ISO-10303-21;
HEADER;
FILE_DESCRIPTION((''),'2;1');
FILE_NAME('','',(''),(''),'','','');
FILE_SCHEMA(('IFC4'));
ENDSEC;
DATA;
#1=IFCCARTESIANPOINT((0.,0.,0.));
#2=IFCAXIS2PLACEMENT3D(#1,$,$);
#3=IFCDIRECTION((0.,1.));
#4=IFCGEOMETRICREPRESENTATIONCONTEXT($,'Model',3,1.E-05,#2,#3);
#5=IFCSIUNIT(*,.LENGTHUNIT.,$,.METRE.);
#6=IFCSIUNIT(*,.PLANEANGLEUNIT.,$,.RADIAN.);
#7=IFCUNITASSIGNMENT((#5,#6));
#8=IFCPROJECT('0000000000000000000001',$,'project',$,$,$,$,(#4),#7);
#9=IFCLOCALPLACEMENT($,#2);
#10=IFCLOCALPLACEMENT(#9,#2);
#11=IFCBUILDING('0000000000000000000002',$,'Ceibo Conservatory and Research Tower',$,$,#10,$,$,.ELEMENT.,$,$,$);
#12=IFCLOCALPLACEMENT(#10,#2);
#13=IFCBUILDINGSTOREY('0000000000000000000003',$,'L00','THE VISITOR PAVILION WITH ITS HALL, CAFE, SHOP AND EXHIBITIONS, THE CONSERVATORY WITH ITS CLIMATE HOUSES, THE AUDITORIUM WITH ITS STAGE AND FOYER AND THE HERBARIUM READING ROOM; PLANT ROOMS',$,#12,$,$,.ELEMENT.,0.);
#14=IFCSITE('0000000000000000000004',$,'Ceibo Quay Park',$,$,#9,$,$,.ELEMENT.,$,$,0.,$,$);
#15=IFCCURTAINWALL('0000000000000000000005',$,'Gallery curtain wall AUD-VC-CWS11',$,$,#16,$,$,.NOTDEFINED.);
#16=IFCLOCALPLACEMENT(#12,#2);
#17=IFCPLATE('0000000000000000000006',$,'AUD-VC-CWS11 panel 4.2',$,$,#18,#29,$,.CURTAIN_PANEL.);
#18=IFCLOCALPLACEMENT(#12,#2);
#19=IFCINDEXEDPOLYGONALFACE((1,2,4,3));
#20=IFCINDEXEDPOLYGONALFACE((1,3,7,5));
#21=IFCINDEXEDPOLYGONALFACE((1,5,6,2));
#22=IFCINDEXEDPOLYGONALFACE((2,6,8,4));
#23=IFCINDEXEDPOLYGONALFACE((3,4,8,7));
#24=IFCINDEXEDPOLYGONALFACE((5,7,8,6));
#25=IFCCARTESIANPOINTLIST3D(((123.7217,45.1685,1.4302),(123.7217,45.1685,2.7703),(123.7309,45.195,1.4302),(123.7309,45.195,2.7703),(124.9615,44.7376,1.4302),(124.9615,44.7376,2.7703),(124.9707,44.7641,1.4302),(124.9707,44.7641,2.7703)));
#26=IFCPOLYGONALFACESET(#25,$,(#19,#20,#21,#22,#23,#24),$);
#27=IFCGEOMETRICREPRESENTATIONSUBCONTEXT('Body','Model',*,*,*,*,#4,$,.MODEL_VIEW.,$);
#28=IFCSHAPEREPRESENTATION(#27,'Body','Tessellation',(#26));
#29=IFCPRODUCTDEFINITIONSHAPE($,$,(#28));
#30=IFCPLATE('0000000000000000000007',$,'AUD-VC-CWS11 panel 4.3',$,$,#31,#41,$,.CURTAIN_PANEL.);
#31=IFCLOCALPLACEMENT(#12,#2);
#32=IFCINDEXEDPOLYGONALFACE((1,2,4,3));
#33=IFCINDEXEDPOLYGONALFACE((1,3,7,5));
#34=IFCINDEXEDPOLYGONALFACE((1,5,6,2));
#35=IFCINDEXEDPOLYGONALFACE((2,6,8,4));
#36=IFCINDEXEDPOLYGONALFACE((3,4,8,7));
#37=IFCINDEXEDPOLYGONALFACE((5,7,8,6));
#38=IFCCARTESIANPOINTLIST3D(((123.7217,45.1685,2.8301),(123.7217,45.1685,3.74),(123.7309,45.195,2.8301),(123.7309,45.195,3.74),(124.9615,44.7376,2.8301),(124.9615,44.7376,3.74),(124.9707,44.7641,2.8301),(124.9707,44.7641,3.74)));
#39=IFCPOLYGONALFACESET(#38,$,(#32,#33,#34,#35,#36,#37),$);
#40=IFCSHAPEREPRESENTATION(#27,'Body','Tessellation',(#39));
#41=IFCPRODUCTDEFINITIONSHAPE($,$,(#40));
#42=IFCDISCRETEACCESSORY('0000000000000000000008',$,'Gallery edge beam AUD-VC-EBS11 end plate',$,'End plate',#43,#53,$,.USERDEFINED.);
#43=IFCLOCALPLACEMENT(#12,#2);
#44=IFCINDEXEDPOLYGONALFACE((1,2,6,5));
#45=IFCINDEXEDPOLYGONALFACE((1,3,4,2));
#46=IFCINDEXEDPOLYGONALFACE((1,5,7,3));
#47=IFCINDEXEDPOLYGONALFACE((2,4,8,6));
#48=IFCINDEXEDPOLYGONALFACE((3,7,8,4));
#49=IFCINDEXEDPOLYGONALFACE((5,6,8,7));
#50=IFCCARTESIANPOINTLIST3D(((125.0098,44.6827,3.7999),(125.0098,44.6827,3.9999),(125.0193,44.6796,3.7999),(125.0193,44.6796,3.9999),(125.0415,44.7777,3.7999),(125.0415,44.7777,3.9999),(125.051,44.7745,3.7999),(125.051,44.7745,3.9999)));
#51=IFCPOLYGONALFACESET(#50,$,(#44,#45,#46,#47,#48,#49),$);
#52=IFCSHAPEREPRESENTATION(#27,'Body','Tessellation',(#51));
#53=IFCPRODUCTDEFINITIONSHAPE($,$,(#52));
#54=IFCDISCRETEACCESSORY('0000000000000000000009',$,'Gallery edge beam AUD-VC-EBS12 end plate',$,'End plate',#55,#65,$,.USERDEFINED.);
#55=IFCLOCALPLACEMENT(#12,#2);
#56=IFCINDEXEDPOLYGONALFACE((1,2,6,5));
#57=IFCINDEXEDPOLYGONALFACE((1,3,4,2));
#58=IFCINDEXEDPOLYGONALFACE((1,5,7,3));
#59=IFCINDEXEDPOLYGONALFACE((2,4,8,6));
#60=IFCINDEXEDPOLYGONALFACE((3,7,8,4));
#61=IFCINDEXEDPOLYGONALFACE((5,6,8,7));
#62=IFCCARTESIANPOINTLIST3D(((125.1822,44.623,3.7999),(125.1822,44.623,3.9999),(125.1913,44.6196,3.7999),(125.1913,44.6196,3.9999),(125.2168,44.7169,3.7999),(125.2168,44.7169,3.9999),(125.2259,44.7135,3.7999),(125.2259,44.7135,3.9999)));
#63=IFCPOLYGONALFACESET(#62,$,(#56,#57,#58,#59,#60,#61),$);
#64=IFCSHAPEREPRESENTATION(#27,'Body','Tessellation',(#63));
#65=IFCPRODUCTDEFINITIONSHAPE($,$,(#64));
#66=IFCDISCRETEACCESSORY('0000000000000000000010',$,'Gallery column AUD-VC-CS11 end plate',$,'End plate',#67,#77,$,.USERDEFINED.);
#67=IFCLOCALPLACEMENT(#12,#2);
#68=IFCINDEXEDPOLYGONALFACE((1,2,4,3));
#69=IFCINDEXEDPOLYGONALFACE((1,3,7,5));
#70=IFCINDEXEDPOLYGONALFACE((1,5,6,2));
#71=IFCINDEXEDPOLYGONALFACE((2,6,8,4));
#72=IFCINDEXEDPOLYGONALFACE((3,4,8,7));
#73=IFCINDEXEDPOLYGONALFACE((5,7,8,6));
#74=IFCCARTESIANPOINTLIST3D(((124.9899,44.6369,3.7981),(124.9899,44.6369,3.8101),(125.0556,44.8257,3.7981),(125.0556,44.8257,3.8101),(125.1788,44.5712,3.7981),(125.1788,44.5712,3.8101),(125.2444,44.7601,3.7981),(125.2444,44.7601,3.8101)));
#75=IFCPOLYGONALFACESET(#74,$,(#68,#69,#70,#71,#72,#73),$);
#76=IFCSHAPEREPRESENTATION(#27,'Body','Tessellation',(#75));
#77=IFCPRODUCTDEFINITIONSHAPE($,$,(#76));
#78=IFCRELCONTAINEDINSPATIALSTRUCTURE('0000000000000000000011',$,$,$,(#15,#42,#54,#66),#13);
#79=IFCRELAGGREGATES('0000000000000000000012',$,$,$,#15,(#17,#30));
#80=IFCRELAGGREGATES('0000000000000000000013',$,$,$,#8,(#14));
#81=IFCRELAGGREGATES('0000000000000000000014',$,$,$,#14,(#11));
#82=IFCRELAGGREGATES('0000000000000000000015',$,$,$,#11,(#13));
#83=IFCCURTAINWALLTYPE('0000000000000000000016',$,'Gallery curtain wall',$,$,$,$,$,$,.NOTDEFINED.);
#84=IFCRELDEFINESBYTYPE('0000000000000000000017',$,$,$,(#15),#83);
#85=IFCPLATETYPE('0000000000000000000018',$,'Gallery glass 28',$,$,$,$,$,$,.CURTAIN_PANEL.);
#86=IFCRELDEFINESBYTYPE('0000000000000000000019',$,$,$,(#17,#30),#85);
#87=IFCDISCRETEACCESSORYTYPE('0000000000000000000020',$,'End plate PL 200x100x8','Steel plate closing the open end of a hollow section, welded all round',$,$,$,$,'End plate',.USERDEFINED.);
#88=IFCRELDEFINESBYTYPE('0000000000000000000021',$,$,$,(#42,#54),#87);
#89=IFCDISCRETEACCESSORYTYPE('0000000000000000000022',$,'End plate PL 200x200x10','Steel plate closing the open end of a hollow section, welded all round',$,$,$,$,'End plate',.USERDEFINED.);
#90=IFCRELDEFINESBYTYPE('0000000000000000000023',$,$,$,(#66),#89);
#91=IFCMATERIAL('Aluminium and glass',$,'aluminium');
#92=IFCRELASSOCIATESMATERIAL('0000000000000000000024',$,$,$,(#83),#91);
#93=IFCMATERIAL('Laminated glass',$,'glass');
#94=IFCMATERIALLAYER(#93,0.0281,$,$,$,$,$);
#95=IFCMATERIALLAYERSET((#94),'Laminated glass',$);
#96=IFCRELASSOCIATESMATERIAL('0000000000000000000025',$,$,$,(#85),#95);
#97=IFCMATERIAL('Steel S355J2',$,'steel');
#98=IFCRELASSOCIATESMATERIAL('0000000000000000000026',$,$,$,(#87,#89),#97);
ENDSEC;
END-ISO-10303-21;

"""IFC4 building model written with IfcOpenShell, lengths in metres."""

from ifc_helpers import new_model, si_unit, direction, frame, origin, origin_2d, place, context, subcontext, project, spatial, rectangle, extrude, material, layer, layer_set, material_profile, profile_set, type_object, element, aggregate, save


model = new_model("IFC4")

# Units and contexts
model_context = context("Model", 3, precision=1e-05, world=origin(), true_north=direction((0.0, 1.0)))
body_context = subcontext(model_context, "Body", "Model", "MODEL_VIEW")
ifc_project = project(units=[si_unit("LENGTHUNIT", "METRE"), si_unit("PLANEANGLEUNIT", "RADIAN")], contexts=[model_context])

# Site, building, storey
site_placement = place(None, origin())
site = spatial("IfcSite", under=ifc_project, at=site_placement, Name="Ceibo Quay Park", CompositionType="ELEMENT", RefElevation=0.0)
building_placement = place(site_placement, origin())
building = spatial("IfcBuilding", under=site, at=building_placement, Name="Ceibo Conservatory and Research Tower", CompositionType="ELEMENT")
storey_placement = place(building_placement, origin())
storey = spatial("IfcBuildingStorey", under=building, at=storey_placement, Name="L00", Description="THE VISITOR PAVILION WITH ITS HALL, CAFE, SHOP AND EXHIBITIONS, THE CONSERVATORY WITH ITS CLIMATE HOUSES, THE AUDITORIUM WITH ITS STAGE AND FOYER AND THE HERBARIUM READING ROOM; PLANT ROOMS", CompositionType="ELEMENT", Elevation=0.0)

# Curtain wall
ifc_material_1 = material(Name="Aluminium and glass", Category="aluminium")
curtain_wall_type = type_object("IfcCurtainWallType", Name="Gallery curtain wall", PredefinedType="NOTDEFINED", material=ifc_material_1)
curtain_wall_1_placement = place(storey_placement, origin())
curtain_wall_1 = element("IfcCurtainWall", 1, at=curtain_wall_1_placement, inside=storey, type_object=curtain_wall_type, Name="Gallery curtain wall AUD-VC-CWS11", PredefinedType="NOTDEFINED")

# Plates
ifc_material_2 = material(Name="Laminated glass", Category="glass")
ifc_layer = layer(ifc_material_2, 0.0281)
ifc_layer_set = layer_set([ifc_layer], Name="Laminated glass")
plate_type = type_object("IfcPlateType", Name="Gallery glass 28", PredefinedType="CURTAIN_PANEL", material=ifc_layer_set)
plate_1_placement = place(storey_placement, frame((124.3462, 44.9663, 1.4302), z_axis=(0.0, 0.0, 1.0), x_axis=(0.944579, -0.328284, 0.0)))
plate_1 = element("IfcPlate", 2, at=plate_1_placement, type_object=plate_type, Name="AUD-VC-CWS11 panel 4.2", PredefinedType="CURTAIN_PANEL", context=body_context, shape_type="SweptSolid", body=[
    extrude(rectangle(XDim=1.3125, YDim=0.0281, at=origin_2d()), origin(), (0.0, 0.0, 1.0), 1.3401),
])
plate_2_placement = place(storey_placement, frame((124.3462, 44.9663, 2.8301), z_axis=(0.0, 0.0, 1.0), x_axis=(0.944579, -0.328284, 0.0)))
plate_2 = element("IfcPlate", 3, at=plate_2_placement, type_object=plate_type, Name="AUD-VC-CWS11 panel 4.3", PredefinedType="CURTAIN_PANEL", context=body_context, shape_type="SweptSolid", body=[
    extrude(rectangle(XDim=1.3125, YDim=0.0281, at=origin_2d()), origin(), (0.0, 0.0, 1.0), 0.9099),
])
aggregate(curtain_wall_1, [plate_1, plate_2])

# Discrete accessories
ifc_material_3 = material(Name="Steel S355J2", Category="steel")
ifc_material_profile_1 = material_profile(ifc_material_3, rectangle(XDim=0.1001, YDim=0.2, at=origin_2d()), Name="End plate PL 200x100x8")
ifc_profile_set_1 = profile_set([ifc_material_profile_1], Name="Steel S355J2")
discrete_accessory_type_1 = type_object("IfcDiscreteAccessoryType", Name="End plate PL 200x100x8", Description="Steel plate closing the open end of a hollow section, welded all round", ElementType="End plate", PredefinedType="USERDEFINED", material=ifc_profile_set_1)
discrete_accessory_1_placement = place(storey_placement, frame((125.0256, 44.7302, 3.8999), z_axis=(0.948683, -0.316228, 0.0), x_axis=(0.316228, 0.948683, 0.0)))
element("IfcDiscreteAccessory", 4, at=discrete_accessory_1_placement, inside=storey, type_object=discrete_accessory_type_1, Name="Gallery edge beam AUD-VC-EBS11 end plate", ObjectType="End plate", PredefinedType="USERDEFINED", context=body_context, shape_type="SweptSolid", body=[
    extrude(rectangle(XDim=0.1001, YDim=0.2, at=origin_2d()), origin(), (0.0, 0.0, 1.0), 0.01),
])
discrete_accessory_2_placement = place(storey_placement, frame((125.1995, 44.6699, 3.8999), z_axis=(0.938343, -0.345705, 0.0), x_axis=(0.345705, 0.938343, 0.0)))
element("IfcDiscreteAccessory", 5, at=discrete_accessory_2_placement, inside=storey, type_object=discrete_accessory_type_1, Name="Gallery edge beam AUD-VC-EBS12 end plate", ObjectType="End plate", PredefinedType="USERDEFINED", context=body_context, shape_type="SweptSolid", body=[
    extrude(rectangle(XDim=0.1001, YDim=0.2, at=origin_2d()), origin(), (0.0, 0.0, 1.0), 0.0098),
])
ifc_material_profile_2 = material_profile(ifc_material_3, rectangle(XDim=0.2, YDim=0.2, at=origin_2d()), Name="End plate PL 200x200x10")
ifc_profile_set_2 = profile_set([ifc_material_profile_2], Name="Steel S355J2")
discrete_accessory_type_2 = type_object("IfcDiscreteAccessoryType", Name="End plate PL 200x200x10", Description="Steel plate closing the open end of a hollow section, welded all round", ElementType="End plate", PredefinedType="USERDEFINED", material=ifc_profile_set_2)
discrete_accessory_3_placement = place(storey_placement, frame((125.1172, 44.6985, 3.7981), z_axis=(0.0, 0.0, 1.0), x_axis=(0.944579, -0.328284, 0.0)))
element("IfcDiscreteAccessory", 6, at=discrete_accessory_3_placement, inside=storey, type_object=discrete_accessory_type_2, Name="Gallery column AUD-VC-CS11 end plate", ObjectType="End plate", PredefinedType="USERDEFINED", context=body_context, shape_type="SweptSolid", body=[
    extrude(rectangle(XDim=0.2, YDim=0.2, at=origin_2d()), origin(), (0.0, 0.0, 1.0), 0.012),
])

save(model, "model.ifc")
